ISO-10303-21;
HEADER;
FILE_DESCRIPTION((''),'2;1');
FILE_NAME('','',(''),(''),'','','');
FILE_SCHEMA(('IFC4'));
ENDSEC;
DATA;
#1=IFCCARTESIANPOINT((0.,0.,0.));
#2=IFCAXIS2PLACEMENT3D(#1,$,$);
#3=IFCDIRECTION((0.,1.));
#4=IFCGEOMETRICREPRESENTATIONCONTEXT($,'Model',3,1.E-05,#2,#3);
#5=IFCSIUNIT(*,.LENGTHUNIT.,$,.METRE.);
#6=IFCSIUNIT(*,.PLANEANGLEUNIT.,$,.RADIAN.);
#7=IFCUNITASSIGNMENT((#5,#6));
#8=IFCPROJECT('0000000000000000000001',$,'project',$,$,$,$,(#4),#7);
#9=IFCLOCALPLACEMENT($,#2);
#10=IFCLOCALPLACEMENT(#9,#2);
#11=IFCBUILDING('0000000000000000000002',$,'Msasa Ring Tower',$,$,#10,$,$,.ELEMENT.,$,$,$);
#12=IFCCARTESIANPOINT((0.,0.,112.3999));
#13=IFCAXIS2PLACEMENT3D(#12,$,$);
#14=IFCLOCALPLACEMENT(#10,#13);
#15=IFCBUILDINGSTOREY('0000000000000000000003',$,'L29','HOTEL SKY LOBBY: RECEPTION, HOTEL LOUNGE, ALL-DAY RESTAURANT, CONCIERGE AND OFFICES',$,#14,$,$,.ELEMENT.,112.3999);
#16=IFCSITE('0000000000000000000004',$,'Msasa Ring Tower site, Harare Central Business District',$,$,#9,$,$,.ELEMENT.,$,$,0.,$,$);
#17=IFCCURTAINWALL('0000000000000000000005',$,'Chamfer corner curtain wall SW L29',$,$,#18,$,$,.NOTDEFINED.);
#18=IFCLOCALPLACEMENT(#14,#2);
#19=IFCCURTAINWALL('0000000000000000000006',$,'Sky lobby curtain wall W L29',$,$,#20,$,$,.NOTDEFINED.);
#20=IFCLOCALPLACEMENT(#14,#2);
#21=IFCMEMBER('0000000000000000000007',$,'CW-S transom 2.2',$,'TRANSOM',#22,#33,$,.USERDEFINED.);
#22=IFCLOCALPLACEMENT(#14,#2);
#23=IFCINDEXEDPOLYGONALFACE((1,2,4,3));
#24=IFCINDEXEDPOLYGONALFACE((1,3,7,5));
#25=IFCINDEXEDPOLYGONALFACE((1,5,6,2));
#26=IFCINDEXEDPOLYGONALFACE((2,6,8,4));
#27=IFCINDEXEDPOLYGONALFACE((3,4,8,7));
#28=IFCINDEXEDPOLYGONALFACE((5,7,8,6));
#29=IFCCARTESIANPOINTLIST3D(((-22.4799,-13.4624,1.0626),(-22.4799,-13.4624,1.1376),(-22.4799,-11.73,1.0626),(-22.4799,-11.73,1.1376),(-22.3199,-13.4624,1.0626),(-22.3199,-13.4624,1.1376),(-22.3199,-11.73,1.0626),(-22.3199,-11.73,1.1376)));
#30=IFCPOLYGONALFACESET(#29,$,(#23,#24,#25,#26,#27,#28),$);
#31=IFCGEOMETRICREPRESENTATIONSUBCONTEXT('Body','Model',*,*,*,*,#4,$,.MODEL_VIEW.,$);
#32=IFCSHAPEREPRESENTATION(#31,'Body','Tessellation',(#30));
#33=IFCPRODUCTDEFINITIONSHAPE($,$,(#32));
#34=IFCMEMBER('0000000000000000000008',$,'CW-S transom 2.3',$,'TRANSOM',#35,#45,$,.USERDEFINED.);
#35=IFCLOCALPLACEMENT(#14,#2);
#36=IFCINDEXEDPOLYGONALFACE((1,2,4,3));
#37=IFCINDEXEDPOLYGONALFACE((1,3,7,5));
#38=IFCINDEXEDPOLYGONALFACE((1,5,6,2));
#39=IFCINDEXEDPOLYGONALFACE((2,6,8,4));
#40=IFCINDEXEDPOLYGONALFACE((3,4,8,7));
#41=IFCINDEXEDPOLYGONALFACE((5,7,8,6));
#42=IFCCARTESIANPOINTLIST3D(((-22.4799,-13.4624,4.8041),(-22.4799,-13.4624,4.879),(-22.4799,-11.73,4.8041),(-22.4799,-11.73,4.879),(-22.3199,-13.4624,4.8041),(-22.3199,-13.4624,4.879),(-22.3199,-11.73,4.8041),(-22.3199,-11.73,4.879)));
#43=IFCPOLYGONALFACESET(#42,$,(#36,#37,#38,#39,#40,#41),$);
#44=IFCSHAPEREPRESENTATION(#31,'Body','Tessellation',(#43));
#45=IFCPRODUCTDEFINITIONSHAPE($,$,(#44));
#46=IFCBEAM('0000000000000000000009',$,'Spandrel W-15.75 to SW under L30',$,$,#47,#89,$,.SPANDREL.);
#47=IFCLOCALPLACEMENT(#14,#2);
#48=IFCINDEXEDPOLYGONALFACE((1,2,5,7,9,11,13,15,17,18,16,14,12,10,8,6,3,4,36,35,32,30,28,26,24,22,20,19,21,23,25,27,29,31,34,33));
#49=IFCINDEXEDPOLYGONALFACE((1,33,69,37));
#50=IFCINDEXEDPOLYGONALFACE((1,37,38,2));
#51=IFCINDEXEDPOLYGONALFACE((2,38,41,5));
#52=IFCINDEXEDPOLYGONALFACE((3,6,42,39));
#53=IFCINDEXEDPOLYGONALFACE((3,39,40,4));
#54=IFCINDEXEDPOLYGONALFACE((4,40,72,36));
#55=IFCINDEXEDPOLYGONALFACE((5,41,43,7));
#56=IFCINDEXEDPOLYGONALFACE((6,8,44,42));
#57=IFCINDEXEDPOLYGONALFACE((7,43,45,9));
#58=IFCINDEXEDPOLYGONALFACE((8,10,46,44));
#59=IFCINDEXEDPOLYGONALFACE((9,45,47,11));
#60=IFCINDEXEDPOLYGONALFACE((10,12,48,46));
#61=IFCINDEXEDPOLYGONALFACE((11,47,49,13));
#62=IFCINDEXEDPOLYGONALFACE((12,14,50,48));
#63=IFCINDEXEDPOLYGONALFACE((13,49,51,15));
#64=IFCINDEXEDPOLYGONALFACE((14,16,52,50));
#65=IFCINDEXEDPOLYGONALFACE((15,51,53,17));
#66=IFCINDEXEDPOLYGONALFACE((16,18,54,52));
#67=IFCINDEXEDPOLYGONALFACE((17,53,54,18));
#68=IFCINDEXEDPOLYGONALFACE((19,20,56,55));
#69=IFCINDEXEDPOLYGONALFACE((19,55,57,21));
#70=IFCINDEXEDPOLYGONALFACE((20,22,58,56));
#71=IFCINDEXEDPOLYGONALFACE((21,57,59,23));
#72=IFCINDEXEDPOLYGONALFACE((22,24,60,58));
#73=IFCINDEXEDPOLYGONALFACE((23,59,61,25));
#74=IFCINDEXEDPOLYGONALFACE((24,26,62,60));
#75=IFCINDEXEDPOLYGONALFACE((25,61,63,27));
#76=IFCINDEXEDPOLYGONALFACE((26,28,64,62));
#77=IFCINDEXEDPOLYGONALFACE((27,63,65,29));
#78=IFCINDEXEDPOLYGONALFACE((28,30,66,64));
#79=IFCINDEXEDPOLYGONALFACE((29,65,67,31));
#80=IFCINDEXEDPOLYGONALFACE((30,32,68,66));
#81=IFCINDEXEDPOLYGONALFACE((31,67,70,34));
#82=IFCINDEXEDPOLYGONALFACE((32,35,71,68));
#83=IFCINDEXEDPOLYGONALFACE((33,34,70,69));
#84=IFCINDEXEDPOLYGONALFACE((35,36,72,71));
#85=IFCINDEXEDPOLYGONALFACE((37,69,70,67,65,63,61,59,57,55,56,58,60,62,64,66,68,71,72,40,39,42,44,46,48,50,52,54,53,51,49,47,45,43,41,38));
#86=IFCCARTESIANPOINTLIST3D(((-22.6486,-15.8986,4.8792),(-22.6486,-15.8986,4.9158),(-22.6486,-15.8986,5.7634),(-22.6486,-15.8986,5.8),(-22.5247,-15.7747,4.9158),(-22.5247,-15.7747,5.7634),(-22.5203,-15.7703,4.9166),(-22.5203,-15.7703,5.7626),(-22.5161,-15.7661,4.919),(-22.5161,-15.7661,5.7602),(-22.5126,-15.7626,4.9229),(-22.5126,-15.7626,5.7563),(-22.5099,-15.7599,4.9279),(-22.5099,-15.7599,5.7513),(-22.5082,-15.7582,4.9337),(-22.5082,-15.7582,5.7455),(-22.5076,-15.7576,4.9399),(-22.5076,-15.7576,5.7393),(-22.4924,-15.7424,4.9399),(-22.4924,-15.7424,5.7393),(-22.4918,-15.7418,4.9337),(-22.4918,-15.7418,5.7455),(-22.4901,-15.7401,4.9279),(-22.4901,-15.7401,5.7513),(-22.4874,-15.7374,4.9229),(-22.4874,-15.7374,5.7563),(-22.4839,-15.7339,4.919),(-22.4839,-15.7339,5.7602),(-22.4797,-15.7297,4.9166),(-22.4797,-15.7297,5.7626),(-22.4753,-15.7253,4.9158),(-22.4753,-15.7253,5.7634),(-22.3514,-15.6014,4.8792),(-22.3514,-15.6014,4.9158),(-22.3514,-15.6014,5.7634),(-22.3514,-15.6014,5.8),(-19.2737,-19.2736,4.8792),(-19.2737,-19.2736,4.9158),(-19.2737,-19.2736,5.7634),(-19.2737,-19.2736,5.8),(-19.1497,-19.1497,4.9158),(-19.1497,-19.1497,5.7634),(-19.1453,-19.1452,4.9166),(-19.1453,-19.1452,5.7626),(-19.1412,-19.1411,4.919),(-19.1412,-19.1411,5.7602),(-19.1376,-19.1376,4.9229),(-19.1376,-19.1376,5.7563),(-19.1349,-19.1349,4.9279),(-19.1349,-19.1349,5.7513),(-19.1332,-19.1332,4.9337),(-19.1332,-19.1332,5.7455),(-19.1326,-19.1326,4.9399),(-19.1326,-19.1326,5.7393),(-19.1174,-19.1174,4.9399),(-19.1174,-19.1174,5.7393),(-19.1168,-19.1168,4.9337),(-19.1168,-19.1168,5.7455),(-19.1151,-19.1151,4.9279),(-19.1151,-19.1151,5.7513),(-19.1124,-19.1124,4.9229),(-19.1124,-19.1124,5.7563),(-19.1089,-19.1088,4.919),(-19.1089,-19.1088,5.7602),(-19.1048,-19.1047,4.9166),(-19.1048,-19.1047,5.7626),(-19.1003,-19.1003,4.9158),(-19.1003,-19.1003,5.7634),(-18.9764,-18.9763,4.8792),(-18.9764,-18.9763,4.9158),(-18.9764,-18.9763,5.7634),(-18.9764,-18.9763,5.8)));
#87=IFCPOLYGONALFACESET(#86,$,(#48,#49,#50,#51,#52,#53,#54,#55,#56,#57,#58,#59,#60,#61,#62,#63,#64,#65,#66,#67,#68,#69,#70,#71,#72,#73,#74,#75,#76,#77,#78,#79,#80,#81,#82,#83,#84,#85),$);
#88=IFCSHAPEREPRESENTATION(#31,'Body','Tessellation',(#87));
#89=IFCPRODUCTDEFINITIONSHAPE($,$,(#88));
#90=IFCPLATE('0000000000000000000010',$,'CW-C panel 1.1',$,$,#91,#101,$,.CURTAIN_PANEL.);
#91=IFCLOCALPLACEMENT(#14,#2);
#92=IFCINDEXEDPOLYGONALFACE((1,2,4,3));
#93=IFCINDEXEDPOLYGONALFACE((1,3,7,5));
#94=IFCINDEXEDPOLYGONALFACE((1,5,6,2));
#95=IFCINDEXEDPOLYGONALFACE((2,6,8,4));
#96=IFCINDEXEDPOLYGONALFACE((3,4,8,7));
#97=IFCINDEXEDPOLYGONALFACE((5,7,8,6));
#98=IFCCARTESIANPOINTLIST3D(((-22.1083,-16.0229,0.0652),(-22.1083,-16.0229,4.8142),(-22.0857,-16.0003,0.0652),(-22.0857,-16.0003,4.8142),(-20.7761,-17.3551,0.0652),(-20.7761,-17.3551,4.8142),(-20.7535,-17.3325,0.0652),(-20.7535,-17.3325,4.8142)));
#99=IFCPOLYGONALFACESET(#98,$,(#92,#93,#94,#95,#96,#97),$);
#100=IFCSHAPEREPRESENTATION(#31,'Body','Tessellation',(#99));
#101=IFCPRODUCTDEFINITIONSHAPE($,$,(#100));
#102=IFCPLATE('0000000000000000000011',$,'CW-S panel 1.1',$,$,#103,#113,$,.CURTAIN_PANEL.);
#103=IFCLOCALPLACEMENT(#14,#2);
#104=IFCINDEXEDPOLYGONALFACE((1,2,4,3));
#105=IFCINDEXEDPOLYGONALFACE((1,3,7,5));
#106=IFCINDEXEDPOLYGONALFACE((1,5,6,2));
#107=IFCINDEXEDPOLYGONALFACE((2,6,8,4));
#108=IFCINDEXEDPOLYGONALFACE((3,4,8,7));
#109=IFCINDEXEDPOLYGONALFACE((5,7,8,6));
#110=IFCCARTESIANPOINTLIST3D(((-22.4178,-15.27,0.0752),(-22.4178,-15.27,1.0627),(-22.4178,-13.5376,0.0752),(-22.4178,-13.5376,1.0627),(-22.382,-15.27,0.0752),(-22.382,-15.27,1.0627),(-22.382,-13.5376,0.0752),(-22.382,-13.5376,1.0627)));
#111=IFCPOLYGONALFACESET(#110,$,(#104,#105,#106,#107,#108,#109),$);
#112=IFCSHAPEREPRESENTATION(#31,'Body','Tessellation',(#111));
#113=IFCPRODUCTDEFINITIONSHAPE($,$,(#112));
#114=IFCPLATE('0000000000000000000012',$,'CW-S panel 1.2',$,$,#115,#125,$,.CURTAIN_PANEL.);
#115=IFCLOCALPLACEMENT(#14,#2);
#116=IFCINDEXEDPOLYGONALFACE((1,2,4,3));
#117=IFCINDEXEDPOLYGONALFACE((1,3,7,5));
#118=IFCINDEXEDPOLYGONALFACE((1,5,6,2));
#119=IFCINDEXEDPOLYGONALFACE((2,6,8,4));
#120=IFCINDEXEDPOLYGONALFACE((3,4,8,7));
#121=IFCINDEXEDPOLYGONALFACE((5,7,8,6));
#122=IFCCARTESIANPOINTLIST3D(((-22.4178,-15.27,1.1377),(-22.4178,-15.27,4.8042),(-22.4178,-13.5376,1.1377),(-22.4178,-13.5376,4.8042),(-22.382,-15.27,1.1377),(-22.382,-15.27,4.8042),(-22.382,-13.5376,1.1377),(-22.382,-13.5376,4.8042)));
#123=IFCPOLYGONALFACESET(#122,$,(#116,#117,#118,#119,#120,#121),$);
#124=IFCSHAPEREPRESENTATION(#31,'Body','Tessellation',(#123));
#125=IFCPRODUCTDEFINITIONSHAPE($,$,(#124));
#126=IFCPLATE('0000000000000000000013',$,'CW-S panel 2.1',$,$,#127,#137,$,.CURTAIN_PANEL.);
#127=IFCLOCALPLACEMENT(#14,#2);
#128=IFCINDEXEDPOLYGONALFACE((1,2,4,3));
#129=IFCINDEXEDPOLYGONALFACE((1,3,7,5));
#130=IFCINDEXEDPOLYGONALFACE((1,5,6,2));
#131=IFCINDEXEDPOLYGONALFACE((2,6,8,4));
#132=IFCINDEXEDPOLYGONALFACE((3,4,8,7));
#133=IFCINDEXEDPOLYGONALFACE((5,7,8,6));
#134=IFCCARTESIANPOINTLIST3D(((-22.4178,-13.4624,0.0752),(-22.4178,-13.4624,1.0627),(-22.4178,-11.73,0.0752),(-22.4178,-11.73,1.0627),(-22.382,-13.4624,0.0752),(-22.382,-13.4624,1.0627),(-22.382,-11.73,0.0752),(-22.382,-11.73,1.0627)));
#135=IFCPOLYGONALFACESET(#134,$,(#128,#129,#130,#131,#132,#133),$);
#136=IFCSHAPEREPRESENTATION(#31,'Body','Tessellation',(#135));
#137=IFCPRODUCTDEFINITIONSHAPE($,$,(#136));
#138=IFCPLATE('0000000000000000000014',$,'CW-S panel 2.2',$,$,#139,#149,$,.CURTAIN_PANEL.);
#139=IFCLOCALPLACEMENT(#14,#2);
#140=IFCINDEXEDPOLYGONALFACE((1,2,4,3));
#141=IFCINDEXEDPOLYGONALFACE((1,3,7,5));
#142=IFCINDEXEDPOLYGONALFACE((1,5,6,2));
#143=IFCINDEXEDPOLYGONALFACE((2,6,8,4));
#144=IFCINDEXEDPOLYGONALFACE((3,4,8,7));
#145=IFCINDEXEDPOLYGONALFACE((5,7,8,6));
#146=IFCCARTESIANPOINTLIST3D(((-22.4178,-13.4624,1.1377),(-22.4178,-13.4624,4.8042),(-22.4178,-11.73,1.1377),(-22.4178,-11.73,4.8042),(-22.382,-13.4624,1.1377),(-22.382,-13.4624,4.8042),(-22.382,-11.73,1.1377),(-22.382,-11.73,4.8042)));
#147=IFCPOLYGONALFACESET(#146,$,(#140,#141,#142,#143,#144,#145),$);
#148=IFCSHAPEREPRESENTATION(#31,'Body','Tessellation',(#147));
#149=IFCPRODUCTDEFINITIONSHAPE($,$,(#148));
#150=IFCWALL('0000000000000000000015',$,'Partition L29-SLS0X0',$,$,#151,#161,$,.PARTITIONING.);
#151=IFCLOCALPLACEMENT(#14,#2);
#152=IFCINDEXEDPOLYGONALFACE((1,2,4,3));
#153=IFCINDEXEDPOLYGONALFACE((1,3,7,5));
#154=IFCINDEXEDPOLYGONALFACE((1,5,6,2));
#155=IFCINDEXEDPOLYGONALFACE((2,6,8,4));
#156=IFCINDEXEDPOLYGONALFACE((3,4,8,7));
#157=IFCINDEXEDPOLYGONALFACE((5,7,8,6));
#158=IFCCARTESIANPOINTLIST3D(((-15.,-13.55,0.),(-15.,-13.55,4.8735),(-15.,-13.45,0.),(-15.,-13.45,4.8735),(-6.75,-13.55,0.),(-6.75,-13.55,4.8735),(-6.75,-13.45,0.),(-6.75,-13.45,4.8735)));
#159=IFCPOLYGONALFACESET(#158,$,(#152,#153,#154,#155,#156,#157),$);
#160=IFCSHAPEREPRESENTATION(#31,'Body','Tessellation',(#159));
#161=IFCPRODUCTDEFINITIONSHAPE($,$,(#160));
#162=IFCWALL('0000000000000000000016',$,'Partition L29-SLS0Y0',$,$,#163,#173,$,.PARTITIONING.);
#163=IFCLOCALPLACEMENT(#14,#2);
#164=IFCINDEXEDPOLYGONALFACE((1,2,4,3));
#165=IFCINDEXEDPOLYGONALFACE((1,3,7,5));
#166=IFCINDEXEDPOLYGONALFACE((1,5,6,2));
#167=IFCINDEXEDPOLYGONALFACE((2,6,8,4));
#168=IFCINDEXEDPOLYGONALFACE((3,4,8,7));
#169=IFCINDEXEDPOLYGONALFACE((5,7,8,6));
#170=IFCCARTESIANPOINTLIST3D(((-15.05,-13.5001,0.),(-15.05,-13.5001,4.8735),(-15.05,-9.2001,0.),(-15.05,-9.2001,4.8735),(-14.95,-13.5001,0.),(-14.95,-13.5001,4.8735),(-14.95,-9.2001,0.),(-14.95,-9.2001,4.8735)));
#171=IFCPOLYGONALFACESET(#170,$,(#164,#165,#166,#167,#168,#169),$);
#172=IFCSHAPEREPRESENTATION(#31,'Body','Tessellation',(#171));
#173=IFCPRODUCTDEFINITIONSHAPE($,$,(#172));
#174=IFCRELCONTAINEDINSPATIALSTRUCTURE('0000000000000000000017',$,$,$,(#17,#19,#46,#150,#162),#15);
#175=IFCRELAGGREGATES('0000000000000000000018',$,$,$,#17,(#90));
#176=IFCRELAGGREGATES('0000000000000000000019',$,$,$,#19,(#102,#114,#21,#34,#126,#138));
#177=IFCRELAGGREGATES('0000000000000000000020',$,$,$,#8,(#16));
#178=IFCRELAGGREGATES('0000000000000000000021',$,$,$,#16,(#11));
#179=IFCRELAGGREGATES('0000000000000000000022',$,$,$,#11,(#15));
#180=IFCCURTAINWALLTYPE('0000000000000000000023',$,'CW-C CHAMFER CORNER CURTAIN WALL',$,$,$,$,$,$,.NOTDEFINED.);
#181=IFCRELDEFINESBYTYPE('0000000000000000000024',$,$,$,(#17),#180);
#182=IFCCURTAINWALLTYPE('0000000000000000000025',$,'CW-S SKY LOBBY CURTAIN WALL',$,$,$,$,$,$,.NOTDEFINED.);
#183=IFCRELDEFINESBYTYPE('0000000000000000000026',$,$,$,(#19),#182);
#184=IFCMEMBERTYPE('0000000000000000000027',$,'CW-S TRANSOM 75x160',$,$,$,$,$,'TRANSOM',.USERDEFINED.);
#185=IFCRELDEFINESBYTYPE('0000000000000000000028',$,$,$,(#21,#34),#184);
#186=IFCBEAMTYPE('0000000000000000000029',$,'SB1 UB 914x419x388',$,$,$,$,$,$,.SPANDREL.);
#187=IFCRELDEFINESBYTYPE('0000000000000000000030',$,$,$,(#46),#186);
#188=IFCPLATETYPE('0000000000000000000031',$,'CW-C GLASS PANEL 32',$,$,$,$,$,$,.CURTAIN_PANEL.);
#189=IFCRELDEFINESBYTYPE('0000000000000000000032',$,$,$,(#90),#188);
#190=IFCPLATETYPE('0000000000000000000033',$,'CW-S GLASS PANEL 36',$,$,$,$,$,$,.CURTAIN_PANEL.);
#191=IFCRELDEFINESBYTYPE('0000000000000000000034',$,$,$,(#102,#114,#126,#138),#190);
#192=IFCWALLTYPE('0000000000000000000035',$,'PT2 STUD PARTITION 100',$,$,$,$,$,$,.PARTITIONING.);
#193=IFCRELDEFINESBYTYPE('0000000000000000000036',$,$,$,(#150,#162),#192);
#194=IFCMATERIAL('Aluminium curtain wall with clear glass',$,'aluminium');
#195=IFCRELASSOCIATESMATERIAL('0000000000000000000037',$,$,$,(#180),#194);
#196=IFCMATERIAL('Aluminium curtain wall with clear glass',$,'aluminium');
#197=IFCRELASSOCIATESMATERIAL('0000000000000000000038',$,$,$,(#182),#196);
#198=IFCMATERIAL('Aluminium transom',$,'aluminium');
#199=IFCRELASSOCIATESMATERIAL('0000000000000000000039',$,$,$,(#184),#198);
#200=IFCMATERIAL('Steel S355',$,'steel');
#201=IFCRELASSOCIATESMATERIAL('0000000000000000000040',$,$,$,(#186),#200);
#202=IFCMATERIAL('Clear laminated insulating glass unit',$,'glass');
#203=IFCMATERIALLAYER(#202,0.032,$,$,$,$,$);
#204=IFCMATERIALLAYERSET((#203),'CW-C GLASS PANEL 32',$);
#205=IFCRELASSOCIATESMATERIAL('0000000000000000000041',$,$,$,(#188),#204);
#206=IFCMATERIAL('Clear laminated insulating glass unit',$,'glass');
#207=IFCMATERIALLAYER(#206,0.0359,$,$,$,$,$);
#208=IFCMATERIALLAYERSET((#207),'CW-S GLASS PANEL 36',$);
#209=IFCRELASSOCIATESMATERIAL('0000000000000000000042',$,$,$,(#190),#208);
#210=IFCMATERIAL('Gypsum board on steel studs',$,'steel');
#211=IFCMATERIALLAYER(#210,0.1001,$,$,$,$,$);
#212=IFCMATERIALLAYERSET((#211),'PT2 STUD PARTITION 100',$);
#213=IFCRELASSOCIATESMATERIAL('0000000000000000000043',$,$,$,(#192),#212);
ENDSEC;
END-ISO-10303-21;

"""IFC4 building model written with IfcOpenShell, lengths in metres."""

from ifc_helpers import new_model, si_unit, direction, frame, frame_2d, origin, origin_2d, place, context, subcontext, project, spatial, rectangle, i_section, extrude, material, layer, layer_set, material_profile, profile_set, type_object, element, aggregate, save


model = new_model("IFC4")

# Units and contexts
model_context = context("Model", 3, precision=1e-05, world=origin(), true_north=direction((0.0, 1.0)))
body_context = subcontext(model_context, "Body", "Model", "MODEL_VIEW")
ifc_project = project(units=[si_unit("LENGTHUNIT", "METRE"), si_unit("PLANEANGLEUNIT", "RADIAN")], contexts=[model_context])

# Site, building, storey
site_placement = place(None, origin())
site = spatial("IfcSite", under=ifc_project, at=site_placement, Name="Msasa Ring Tower site, Harare Central Business District", CompositionType="ELEMENT", RefElevation=0.0)
building_placement = place(site_placement, origin())
building = spatial("IfcBuilding", under=site, at=building_placement, Name="Msasa Ring Tower", CompositionType="ELEMENT")
storey_placement = place(building_placement, frame((0.0, 0.0, 112.3999)))
storey = spatial("IfcBuildingStorey", under=building, at=storey_placement, Name="L29", Description="HOTEL SKY LOBBY: RECEPTION, HOTEL LOUNGE, ALL-DAY RESTAURANT, CONCIERGE AND OFFICES", CompositionType="ELEMENT", Elevation=112.3999)

# Curtain walls, members
ifc_material_1 = material(Name="Aluminium curtain wall with clear glass", Category="aluminium")
curtain_wall_type_1 = type_object("IfcCurtainWallType", Name="CW-C CHAMFER CORNER CURTAIN WALL", PredefinedType="NOTDEFINED", material=ifc_material_1)
curtain_wall_1_placement = place(storey_placement, origin())
curtain_wall_1 = element("IfcCurtainWall", 1, at=curtain_wall_1_placement, inside=storey, type_object=curtain_wall_type_1, Name="Chamfer corner curtain wall SW L29", PredefinedType="NOTDEFINED")
ifc_material_2 = material(Name="Aluminium curtain wall with clear glass", Category="aluminium")
curtain_wall_type_2 = type_object("IfcCurtainWallType", Name="CW-S SKY LOBBY CURTAIN WALL", PredefinedType="NOTDEFINED", material=ifc_material_2)
curtain_wall_2_placement = place(storey_placement, origin())
curtain_wall_2 = element("IfcCurtainWall", 2, at=curtain_wall_2_placement, inside=storey, type_object=curtain_wall_type_2, Name="Sky lobby curtain wall W L29", PredefinedType="NOTDEFINED")
ifc_material_3 = material(Name="Aluminium transom", Category="aluminium")
ifc_material_profile_1 = material_profile(ifc_material_3, rectangle(XDim=0.1599, YDim=0.075, at=origin_2d()), Name="AL 75x160")
ifc_profile_set_1 = profile_set([ifc_material_profile_1], Name="Aluminium transom")
member_type_1 = type_object("IfcMemberType", Name="CW-S TRANSOM 75x160", ElementType="TRANSOM", PredefinedType="USERDEFINED", material=ifc_profile_set_1)
member_1_placement = place(storey_placement, frame((-22.3999, -13.4624, 1.1001), z_axis=(0.0, 1.0, 0.0), x_axis=(-1.0, 0.0, 0.0)))
member_1 = element("IfcMember", 3, at=member_1_placement, type_object=member_type_1, Name="CW-S transom 2.2", ObjectType="TRANSOM", PredefinedType="USERDEFINED", context=body_context, shape_type="SweptSolid", body=[
    extrude(rectangle(XDim=0.1599, YDim=0.075, at=origin_2d()), origin(), (0.0, 0.0, 1.0), 1.7324),
])
member_2_placement = place(storey_placement, frame((-22.3999, -13.4624, 4.8416), z_axis=(0.0, 1.0, 0.0), x_axis=(-1.0, 0.0, 0.0)))
member_2 = element("IfcMember", 4, at=member_2_placement, type_object=member_type_1, Name="CW-S transom 2.3", ObjectType="TRANSOM", PredefinedType="USERDEFINED", context=body_context, shape_type="SweptSolid", body=[
    extrude(rectangle(XDim=0.1599, YDim=0.075, at=origin_2d()), origin(), (0.0, 0.0, 1.0), 1.7324),
])

# Beam
ifc_material_4 = material(Name="Steel S355", Category="steel")
ifc_material_profile_2 = material_profile(ifc_material_4, i_section(OverallWidth=0.4204, OverallDepth=0.9209, WebThickness=0.0215, FlangeThickness=0.0366, FilletRadius=0.0242, at=origin_2d()), Name="UB 914x419x388")
ifc_profile_set_2 = profile_set([ifc_material_profile_2], Name="Steel S355")
beam_type = type_object("IfcBeamType", Name="SB1 UB 914x419x388", PredefinedType="SPANDREL", material=ifc_profile_set_2)
beam_placement = place(storey_placement, frame((-22.5, -15.75, 5.3396), z_axis=(0.707107, -0.707107, 0.0), x_axis=(0.707107, 0.707107, 0.0)))
element("IfcBeam", 5, at=beam_placement, inside=storey, type_object=beam_type, Name="Spandrel W-15.75 to SW under L30", PredefinedType="SPANDREL", context=body_context, shape_type="SweptSolid", body=[
    extrude(i_section(OverallWidth=0.4204, OverallDepth=0.9209, WebThickness=0.0215, FlangeThickness=0.0366, FilletRadius=0.0242, at=origin_2d()), origin(), (0.0, 0.0, 1.0), 4.7729),
])

# Plates
ifc_material_5 = material(Name="Clear laminated insulating glass unit", Category="glass")
ifc_layer_1 = layer(ifc_material_5, 0.032)
ifc_layer_set_1 = layer_set([ifc_layer_1], Name="CW-C GLASS PANEL 32")
plate_type_1 = type_object("IfcPlateType", Name="CW-C GLASS PANEL 32", PredefinedType="CURTAIN_PANEL", material=ifc_layer_set_1)
plate_1_placement = place(storey_placement, frame((-21.4309, -16.6777, 0.0652), z_axis=(0.0, 0.0, 1.0), x_axis=(0.707107, -0.707107, 0.0)))
plate_1 = element("IfcPlate", 6, at=plate_1_placement, type_object=plate_type_1, Name="CW-C panel 1.1", PredefinedType="CURTAIN_PANEL", context=body_context, shape_type="SweptSolid", body=[
    extrude(rectangle(XDim=1.884, YDim=0.032, at=origin_2d()), origin(), (0.0, 0.0, 1.0), 4.749),
])
aggregate(curtain_wall_1, [plate_1])
ifc_material_6 = material(Name="Clear laminated insulating glass unit", Category="glass")
ifc_layer_2 = layer(ifc_material_6, 0.0359)
ifc_layer_set_2 = layer_set([ifc_layer_2], Name="CW-S GLASS PANEL 36")
plate_type_2 = type_object("IfcPlateType", Name="CW-S GLASS PANEL 36", PredefinedType="CURTAIN_PANEL", material=ifc_layer_set_2)
plate_2_placement = place(storey_placement, frame((-22.3999, -14.4038, 0.0752), z_axis=(0.0, 0.0, 1.0), x_axis=(0.0, 1.0, 0.0)))
plate_2 = element("IfcPlate", 7, at=plate_2_placement, type_object=plate_type_2, Name="CW-S panel 1.1", PredefinedType="CURTAIN_PANEL", context=body_context, shape_type="SweptSolid", body=[
    extrude(rectangle(XDim=1.7324, YDim=0.0359, at=origin_2d()), origin(), (0.0, 0.0, 1.0), 0.9875),
])
plate_3_placement = place(storey_placement, frame((-22.3999, -14.4038, 1.1377), z_axis=(0.0, 0.0, 1.0), x_axis=(0.0, 1.0, 0.0)))
plate_3 = element("IfcPlate", 8, at=plate_3_placement, type_object=plate_type_2, Name="CW-S panel 1.2", PredefinedType="CURTAIN_PANEL", context=body_context, shape_type="SweptSolid", body=[
    extrude(rectangle(XDim=1.7324, YDim=0.0359, at=origin_2d()), origin(), (0.0, 0.0, 1.0), 3.6665),
])
plate_4_placement = place(storey_placement, frame((-22.3999, -12.5962, 0.0752), z_axis=(0.0, 0.0, 1.0), x_axis=(0.0, 1.0, 0.0)))
plate_4 = element("IfcPlate", 9, at=plate_4_placement, type_object=plate_type_2, Name="CW-S panel 2.1", PredefinedType="CURTAIN_PANEL", context=body_context, shape_type="SweptSolid", body=[
    extrude(rectangle(XDim=1.7324, YDim=0.0359, at=origin_2d()), origin(), (0.0, 0.0, 1.0), 0.9875),
])
plate_5_placement = place(storey_placement, frame((-22.3999, -12.5962, 1.1377), z_axis=(0.0, 0.0, 1.0), x_axis=(0.0, 1.0, 0.0)))
plate_5 = element("IfcPlate", 10, at=plate_5_placement, type_object=plate_type_2, Name="CW-S panel 2.2", PredefinedType="CURTAIN_PANEL", context=body_context, shape_type="SweptSolid", body=[
    extrude(rectangle(XDim=1.7324, YDim=0.0359, at=origin_2d()), origin(), (0.0, 0.0, 1.0), 3.6665),
])
aggregate(curtain_wall_2, [plate_2, plate_3, member_1, member_2, plate_4, plate_5])

# Walls
ifc_material_7 = material(Name="Gypsum board on steel studs", Category="steel")
ifc_layer_3 = layer(ifc_material_7, 0.1001)
ifc_layer_set_3 = layer_set([ifc_layer_3], Name="PT2 STUD PARTITION 100")
wall_type = type_object("IfcWallType", Name="PT2 STUD PARTITION 100", PredefinedType="PARTITIONING", material=ifc_layer_set_3)
wall_1_placement = place(storey_placement, frame((-15.0, -13.5, 0.0), z_axis=(0.0, 0.0, 1.0), x_axis=(1.0, 0.0, 0.0)))
element("IfcWall", 11, at=wall_1_placement, inside=storey, type_object=wall_type, Name="Partition L29-SLS0X0", PredefinedType="PARTITIONING", context=body_context, shape_type="SweptSolid", body=[
    extrude(rectangle(XDim=8.25, YDim=0.1001, at=frame_2d((4.125, 0.0))), origin(), (0.0, 0.0, 1.0), 4.8735),
])
wall_2_placement = place(storey_placement, frame((-15.0, -13.5, 0.0), z_axis=(0.0, 0.0, 1.0), x_axis=(0.0, 1.0, 0.0)))
element("IfcWall", 12, at=wall_2_placement, inside=storey, type_object=wall_type, Name="Partition L29-SLS0Y0", PredefinedType="PARTITIONING", context=body_context, shape_type="SweptSolid", body=[
    extrude(rectangle(XDim=4.3, YDim=0.1001, at=frame_2d((2.1499, 0.0))), origin(), (0.0, 0.0, 1.0), 4.8735),
])

save(model, "model.ifc")
